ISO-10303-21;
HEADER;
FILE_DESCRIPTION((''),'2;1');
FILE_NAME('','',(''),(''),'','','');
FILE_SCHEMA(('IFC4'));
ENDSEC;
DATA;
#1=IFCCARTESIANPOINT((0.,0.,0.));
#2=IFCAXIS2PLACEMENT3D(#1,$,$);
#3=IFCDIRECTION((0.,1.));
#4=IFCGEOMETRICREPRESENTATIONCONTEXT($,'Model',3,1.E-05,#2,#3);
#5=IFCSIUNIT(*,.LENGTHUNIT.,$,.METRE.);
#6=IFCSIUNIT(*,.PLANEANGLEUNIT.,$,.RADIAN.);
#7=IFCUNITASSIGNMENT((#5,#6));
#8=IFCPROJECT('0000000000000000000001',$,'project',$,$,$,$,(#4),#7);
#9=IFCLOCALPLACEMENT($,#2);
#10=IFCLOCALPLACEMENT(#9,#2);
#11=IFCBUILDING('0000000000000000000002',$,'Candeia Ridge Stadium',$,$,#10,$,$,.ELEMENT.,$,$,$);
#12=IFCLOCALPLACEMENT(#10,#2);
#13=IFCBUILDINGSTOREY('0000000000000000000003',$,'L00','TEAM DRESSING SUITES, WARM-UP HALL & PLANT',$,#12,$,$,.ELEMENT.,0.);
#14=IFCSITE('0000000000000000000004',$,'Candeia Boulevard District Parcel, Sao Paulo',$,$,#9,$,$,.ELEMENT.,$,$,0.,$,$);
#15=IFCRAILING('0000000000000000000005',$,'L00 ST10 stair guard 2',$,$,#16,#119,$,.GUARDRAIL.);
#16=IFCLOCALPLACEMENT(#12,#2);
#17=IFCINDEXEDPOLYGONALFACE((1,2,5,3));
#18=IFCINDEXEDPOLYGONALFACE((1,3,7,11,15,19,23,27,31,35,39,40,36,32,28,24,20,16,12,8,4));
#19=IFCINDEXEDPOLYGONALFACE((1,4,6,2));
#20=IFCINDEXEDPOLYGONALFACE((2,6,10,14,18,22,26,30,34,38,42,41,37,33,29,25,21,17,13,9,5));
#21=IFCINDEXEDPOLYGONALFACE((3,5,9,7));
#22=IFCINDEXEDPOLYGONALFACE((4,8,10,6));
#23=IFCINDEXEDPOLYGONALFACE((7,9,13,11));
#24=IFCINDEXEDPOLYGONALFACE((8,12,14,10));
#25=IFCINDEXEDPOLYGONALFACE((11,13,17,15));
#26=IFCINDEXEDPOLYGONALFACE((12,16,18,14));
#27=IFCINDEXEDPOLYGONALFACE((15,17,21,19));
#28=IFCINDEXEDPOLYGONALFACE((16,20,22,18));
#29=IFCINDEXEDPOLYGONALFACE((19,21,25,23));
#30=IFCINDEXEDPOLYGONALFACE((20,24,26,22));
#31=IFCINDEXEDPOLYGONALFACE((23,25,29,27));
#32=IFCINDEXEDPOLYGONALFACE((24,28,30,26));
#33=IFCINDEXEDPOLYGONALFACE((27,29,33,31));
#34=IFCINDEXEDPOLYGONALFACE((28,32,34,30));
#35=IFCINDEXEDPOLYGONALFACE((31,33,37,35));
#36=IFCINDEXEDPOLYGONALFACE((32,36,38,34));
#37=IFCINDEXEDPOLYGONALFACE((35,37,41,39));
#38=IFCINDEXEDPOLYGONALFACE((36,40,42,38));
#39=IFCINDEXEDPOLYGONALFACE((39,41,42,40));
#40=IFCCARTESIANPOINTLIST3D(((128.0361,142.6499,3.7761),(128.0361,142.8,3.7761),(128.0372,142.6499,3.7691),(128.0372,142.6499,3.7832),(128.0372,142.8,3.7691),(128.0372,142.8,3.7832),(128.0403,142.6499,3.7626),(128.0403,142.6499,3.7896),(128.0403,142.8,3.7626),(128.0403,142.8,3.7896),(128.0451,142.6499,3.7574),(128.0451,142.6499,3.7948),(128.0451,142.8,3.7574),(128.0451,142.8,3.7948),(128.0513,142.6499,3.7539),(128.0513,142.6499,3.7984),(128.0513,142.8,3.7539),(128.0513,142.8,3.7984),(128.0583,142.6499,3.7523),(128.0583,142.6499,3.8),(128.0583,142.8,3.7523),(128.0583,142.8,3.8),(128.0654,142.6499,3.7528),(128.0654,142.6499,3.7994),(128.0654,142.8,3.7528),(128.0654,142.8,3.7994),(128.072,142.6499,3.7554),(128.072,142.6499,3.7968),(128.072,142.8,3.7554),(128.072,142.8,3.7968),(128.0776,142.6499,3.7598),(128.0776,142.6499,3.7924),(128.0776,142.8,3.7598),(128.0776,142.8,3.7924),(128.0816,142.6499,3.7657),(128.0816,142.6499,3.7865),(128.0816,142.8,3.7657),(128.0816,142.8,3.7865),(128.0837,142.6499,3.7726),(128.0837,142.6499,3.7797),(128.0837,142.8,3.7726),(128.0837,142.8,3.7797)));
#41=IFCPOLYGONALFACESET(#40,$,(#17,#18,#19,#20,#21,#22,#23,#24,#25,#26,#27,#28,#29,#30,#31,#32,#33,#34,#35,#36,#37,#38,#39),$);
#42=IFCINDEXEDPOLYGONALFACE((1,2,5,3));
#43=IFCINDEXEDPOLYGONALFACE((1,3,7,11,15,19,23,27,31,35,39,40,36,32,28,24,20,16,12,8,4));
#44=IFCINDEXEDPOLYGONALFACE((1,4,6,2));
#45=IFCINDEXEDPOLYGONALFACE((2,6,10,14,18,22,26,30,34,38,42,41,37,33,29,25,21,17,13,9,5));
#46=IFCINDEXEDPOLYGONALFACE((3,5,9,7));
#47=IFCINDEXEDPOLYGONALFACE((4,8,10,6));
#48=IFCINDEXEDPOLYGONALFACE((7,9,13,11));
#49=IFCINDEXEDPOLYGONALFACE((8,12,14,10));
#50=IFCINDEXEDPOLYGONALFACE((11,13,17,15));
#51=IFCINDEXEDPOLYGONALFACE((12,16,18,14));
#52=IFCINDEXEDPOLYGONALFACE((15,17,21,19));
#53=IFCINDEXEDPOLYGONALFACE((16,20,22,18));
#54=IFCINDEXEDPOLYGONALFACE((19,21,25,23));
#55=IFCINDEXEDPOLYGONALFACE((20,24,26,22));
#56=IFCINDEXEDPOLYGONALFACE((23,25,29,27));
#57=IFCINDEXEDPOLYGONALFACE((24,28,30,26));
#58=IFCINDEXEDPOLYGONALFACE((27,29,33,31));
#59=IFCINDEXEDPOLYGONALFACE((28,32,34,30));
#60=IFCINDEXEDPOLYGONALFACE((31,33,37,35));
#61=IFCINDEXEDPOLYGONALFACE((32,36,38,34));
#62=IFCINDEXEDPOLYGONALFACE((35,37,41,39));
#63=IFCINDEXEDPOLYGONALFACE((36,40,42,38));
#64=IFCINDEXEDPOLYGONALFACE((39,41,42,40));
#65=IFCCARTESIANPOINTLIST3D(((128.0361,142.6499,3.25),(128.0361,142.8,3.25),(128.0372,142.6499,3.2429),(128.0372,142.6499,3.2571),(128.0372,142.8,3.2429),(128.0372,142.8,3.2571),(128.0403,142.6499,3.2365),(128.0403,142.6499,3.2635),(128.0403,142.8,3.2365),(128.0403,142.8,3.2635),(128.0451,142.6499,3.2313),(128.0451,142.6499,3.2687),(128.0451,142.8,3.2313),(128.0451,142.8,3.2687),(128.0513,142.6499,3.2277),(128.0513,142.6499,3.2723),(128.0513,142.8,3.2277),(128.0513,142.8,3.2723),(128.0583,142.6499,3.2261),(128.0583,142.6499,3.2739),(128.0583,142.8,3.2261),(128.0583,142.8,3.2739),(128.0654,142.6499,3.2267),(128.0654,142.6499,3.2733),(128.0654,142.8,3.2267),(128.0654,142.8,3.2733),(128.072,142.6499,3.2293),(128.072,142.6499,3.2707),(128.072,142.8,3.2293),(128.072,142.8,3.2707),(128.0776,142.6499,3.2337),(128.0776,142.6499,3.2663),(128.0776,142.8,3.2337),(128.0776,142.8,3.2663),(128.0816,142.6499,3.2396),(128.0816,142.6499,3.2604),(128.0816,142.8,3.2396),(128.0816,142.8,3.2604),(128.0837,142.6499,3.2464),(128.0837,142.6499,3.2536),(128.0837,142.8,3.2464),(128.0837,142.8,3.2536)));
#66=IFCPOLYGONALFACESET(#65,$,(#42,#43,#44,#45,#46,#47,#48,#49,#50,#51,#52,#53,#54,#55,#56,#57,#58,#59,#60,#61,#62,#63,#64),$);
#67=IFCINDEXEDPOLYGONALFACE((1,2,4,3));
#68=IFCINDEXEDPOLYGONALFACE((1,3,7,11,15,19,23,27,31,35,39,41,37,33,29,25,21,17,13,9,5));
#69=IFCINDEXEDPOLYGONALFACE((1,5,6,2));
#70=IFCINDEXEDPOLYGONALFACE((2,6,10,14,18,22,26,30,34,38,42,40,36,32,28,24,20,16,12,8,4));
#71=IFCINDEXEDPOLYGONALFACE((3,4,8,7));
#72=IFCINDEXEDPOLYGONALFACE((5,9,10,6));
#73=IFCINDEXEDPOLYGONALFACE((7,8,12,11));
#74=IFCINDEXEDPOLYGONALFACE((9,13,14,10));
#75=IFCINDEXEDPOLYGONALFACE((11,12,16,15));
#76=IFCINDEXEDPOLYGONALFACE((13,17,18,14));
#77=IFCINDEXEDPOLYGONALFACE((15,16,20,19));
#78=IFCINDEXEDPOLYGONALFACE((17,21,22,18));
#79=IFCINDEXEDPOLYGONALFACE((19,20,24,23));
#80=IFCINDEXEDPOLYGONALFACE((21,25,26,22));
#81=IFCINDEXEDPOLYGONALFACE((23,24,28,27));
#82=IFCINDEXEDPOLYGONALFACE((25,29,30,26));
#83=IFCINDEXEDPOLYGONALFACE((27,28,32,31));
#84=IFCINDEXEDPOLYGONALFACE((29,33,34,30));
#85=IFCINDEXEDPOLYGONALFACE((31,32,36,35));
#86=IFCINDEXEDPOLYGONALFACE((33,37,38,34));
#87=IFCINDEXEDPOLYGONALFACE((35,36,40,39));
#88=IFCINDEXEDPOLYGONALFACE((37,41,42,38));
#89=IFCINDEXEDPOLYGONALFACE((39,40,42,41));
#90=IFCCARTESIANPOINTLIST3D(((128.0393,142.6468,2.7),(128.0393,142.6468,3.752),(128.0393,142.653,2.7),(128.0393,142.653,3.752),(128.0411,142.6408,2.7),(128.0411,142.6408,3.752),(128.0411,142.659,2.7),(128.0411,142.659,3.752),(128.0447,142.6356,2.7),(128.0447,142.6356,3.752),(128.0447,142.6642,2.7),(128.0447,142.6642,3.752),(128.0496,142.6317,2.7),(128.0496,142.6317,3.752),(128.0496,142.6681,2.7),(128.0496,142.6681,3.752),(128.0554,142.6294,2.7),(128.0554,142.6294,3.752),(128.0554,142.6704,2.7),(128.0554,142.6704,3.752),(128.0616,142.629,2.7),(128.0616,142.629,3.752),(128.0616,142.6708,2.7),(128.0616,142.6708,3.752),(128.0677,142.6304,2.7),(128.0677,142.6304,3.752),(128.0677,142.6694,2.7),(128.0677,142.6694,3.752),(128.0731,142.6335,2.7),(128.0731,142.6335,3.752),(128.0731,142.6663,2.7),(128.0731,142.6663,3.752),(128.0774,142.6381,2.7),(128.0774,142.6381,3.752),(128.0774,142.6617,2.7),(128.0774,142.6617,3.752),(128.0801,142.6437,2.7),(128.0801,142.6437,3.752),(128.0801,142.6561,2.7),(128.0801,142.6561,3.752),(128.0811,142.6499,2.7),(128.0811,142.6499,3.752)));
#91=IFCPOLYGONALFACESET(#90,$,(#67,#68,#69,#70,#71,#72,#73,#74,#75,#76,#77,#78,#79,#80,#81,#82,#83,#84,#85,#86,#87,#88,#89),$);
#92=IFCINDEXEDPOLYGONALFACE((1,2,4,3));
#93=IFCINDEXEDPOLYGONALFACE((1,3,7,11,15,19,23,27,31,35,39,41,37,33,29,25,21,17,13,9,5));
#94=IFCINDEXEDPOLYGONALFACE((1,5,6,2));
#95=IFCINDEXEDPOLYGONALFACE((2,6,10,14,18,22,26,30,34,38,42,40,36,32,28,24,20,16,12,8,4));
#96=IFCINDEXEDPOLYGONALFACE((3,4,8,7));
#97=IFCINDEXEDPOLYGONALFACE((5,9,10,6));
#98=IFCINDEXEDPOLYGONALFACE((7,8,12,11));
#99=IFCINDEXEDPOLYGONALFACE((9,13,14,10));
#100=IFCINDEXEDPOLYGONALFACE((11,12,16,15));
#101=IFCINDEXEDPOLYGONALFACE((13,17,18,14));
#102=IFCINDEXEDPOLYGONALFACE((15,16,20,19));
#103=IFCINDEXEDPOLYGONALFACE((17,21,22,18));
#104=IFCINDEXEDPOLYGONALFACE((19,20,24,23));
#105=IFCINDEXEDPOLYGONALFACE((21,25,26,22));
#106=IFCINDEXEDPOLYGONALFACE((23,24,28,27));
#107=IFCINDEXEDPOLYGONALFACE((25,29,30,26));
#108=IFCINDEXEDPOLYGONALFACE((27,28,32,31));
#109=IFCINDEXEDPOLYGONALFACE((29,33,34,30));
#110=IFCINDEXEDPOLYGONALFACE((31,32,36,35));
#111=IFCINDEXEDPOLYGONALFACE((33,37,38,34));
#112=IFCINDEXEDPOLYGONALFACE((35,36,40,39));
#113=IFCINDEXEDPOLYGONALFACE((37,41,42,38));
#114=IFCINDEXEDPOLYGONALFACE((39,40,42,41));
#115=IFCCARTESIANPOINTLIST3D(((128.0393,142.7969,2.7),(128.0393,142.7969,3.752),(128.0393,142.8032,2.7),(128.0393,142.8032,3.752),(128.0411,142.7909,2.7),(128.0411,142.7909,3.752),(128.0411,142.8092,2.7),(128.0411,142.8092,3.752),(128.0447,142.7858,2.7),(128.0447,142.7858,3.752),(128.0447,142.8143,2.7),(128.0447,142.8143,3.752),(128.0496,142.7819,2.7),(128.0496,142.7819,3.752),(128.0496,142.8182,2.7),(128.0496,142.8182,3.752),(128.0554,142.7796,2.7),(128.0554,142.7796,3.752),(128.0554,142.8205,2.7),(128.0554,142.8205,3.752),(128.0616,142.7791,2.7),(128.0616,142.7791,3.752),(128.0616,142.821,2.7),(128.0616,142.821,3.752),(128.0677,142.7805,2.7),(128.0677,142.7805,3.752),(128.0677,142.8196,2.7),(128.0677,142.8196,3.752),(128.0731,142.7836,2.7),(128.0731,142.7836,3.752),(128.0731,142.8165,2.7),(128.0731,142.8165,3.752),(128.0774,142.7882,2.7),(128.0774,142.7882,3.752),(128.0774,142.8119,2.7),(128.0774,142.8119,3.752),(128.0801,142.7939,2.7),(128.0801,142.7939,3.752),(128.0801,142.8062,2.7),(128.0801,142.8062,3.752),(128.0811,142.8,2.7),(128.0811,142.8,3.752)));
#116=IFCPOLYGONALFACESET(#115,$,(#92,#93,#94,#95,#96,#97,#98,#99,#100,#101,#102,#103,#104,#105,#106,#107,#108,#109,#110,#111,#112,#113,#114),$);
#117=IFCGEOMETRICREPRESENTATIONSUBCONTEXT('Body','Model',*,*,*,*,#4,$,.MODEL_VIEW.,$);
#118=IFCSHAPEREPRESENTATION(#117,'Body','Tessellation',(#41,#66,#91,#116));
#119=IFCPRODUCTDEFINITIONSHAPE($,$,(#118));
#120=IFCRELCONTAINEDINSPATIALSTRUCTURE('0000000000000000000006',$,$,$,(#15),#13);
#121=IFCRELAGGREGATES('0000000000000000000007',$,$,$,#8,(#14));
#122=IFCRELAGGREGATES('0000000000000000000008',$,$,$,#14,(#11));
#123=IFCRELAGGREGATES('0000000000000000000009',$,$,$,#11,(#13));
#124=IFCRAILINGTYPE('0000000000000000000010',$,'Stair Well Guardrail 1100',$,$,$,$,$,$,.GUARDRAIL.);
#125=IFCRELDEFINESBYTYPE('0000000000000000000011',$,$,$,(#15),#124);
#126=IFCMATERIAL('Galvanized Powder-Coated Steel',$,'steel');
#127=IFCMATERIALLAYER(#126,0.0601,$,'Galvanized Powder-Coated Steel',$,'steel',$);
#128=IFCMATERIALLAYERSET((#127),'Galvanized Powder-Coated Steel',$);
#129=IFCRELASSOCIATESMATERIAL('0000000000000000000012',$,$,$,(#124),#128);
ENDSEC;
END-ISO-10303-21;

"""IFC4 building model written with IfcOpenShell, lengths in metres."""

from ifc_helpers import new_model, si_unit, direction, frame, origin, origin_2d, place, context, subcontext, project, spatial, circle, extrude, material, layer, layer_set, type_object, element, save


model = new_model("IFC4")

# Units and contexts
model_context = context("Model", 3, precision=1e-05, world=origin(), true_north=direction((0.0, 1.0)))
body_context = subcontext(model_context, "Body", "Model", "MODEL_VIEW")
ifc_project = project(units=[si_unit("LENGTHUNIT", "METRE"), si_unit("PLANEANGLEUNIT", "RADIAN")], contexts=[model_context])

# Site, building, storey
site_placement = place(None, origin())
site = spatial("IfcSite", under=ifc_project, at=site_placement, Name="Candeia Boulevard District Parcel, Sao Paulo", CompositionType="ELEMENT", RefElevation=0.0)
building_placement = place(site_placement, origin())
building = spatial("IfcBuilding", under=site, at=building_placement, Name="Candeia Ridge Stadium", CompositionType="ELEMENT")
storey_placement = place(building_placement, origin())
storey = spatial("IfcBuildingStorey", under=building, at=storey_placement, Name="L00", Description="TEAM DRESSING SUITES, WARM-UP HALL & PLANT", CompositionType="ELEMENT", Elevation=0.0)

# Railing
ifc_material_1 = material(Name="Galvanized Powder-Coated Steel", Category="steel")
ifc_layer_1 = layer(ifc_material_1, 0.0601, Name="Galvanized Powder-Coated Steel", Category="steel")
ifc_layer_set_1 = layer_set([ifc_layer_1], Name="Galvanized Powder-Coated Steel")
railing_type_1 = type_object("IfcRailingType", Name="Stair Well Guardrail 1100", PredefinedType="GUARDRAIL", material=ifc_layer_set_1)
railing_1_placement = place(storey_placement, frame((128.0601, 142.6499, 2.7)))
element("IfcRailing", 1, at=railing_1_placement, inside=storey, type_object=railing_type_1, Name="L00 ST10 stair guard 2", PredefinedType="GUARDRAIL", context=body_context, shape_type="SweptSolid", body=[
    extrude(circle(Radius=0.0239, at=origin_2d()), frame((0.0, 0.0, 1.0762), z_axis=(0.0, 1.0, 0.0), x_axis=(-1.0, 0.0, 0.0)), (0.0, 0.0, 1.0), 0.1501),
    extrude(circle(Radius=0.0239, at=origin_2d()), frame((0.0, 0.0, 0.55), z_axis=(0.0, 1.0, 0.0), x_axis=(-1.0, 0.0, 0.0)), (0.0, 0.0, 1.0), 0.1501),
    extrude(circle(Radius=0.021, at=origin_2d()), origin(), (0.0, 0.0, 1.0), 1.052),
    extrude(circle(Radius=0.021, at=origin_2d()), frame((0.0, 0.1501, 0.0)), (0.0, 0.0, 1.0), 1.052),
])

save(model, "model.ifc")
